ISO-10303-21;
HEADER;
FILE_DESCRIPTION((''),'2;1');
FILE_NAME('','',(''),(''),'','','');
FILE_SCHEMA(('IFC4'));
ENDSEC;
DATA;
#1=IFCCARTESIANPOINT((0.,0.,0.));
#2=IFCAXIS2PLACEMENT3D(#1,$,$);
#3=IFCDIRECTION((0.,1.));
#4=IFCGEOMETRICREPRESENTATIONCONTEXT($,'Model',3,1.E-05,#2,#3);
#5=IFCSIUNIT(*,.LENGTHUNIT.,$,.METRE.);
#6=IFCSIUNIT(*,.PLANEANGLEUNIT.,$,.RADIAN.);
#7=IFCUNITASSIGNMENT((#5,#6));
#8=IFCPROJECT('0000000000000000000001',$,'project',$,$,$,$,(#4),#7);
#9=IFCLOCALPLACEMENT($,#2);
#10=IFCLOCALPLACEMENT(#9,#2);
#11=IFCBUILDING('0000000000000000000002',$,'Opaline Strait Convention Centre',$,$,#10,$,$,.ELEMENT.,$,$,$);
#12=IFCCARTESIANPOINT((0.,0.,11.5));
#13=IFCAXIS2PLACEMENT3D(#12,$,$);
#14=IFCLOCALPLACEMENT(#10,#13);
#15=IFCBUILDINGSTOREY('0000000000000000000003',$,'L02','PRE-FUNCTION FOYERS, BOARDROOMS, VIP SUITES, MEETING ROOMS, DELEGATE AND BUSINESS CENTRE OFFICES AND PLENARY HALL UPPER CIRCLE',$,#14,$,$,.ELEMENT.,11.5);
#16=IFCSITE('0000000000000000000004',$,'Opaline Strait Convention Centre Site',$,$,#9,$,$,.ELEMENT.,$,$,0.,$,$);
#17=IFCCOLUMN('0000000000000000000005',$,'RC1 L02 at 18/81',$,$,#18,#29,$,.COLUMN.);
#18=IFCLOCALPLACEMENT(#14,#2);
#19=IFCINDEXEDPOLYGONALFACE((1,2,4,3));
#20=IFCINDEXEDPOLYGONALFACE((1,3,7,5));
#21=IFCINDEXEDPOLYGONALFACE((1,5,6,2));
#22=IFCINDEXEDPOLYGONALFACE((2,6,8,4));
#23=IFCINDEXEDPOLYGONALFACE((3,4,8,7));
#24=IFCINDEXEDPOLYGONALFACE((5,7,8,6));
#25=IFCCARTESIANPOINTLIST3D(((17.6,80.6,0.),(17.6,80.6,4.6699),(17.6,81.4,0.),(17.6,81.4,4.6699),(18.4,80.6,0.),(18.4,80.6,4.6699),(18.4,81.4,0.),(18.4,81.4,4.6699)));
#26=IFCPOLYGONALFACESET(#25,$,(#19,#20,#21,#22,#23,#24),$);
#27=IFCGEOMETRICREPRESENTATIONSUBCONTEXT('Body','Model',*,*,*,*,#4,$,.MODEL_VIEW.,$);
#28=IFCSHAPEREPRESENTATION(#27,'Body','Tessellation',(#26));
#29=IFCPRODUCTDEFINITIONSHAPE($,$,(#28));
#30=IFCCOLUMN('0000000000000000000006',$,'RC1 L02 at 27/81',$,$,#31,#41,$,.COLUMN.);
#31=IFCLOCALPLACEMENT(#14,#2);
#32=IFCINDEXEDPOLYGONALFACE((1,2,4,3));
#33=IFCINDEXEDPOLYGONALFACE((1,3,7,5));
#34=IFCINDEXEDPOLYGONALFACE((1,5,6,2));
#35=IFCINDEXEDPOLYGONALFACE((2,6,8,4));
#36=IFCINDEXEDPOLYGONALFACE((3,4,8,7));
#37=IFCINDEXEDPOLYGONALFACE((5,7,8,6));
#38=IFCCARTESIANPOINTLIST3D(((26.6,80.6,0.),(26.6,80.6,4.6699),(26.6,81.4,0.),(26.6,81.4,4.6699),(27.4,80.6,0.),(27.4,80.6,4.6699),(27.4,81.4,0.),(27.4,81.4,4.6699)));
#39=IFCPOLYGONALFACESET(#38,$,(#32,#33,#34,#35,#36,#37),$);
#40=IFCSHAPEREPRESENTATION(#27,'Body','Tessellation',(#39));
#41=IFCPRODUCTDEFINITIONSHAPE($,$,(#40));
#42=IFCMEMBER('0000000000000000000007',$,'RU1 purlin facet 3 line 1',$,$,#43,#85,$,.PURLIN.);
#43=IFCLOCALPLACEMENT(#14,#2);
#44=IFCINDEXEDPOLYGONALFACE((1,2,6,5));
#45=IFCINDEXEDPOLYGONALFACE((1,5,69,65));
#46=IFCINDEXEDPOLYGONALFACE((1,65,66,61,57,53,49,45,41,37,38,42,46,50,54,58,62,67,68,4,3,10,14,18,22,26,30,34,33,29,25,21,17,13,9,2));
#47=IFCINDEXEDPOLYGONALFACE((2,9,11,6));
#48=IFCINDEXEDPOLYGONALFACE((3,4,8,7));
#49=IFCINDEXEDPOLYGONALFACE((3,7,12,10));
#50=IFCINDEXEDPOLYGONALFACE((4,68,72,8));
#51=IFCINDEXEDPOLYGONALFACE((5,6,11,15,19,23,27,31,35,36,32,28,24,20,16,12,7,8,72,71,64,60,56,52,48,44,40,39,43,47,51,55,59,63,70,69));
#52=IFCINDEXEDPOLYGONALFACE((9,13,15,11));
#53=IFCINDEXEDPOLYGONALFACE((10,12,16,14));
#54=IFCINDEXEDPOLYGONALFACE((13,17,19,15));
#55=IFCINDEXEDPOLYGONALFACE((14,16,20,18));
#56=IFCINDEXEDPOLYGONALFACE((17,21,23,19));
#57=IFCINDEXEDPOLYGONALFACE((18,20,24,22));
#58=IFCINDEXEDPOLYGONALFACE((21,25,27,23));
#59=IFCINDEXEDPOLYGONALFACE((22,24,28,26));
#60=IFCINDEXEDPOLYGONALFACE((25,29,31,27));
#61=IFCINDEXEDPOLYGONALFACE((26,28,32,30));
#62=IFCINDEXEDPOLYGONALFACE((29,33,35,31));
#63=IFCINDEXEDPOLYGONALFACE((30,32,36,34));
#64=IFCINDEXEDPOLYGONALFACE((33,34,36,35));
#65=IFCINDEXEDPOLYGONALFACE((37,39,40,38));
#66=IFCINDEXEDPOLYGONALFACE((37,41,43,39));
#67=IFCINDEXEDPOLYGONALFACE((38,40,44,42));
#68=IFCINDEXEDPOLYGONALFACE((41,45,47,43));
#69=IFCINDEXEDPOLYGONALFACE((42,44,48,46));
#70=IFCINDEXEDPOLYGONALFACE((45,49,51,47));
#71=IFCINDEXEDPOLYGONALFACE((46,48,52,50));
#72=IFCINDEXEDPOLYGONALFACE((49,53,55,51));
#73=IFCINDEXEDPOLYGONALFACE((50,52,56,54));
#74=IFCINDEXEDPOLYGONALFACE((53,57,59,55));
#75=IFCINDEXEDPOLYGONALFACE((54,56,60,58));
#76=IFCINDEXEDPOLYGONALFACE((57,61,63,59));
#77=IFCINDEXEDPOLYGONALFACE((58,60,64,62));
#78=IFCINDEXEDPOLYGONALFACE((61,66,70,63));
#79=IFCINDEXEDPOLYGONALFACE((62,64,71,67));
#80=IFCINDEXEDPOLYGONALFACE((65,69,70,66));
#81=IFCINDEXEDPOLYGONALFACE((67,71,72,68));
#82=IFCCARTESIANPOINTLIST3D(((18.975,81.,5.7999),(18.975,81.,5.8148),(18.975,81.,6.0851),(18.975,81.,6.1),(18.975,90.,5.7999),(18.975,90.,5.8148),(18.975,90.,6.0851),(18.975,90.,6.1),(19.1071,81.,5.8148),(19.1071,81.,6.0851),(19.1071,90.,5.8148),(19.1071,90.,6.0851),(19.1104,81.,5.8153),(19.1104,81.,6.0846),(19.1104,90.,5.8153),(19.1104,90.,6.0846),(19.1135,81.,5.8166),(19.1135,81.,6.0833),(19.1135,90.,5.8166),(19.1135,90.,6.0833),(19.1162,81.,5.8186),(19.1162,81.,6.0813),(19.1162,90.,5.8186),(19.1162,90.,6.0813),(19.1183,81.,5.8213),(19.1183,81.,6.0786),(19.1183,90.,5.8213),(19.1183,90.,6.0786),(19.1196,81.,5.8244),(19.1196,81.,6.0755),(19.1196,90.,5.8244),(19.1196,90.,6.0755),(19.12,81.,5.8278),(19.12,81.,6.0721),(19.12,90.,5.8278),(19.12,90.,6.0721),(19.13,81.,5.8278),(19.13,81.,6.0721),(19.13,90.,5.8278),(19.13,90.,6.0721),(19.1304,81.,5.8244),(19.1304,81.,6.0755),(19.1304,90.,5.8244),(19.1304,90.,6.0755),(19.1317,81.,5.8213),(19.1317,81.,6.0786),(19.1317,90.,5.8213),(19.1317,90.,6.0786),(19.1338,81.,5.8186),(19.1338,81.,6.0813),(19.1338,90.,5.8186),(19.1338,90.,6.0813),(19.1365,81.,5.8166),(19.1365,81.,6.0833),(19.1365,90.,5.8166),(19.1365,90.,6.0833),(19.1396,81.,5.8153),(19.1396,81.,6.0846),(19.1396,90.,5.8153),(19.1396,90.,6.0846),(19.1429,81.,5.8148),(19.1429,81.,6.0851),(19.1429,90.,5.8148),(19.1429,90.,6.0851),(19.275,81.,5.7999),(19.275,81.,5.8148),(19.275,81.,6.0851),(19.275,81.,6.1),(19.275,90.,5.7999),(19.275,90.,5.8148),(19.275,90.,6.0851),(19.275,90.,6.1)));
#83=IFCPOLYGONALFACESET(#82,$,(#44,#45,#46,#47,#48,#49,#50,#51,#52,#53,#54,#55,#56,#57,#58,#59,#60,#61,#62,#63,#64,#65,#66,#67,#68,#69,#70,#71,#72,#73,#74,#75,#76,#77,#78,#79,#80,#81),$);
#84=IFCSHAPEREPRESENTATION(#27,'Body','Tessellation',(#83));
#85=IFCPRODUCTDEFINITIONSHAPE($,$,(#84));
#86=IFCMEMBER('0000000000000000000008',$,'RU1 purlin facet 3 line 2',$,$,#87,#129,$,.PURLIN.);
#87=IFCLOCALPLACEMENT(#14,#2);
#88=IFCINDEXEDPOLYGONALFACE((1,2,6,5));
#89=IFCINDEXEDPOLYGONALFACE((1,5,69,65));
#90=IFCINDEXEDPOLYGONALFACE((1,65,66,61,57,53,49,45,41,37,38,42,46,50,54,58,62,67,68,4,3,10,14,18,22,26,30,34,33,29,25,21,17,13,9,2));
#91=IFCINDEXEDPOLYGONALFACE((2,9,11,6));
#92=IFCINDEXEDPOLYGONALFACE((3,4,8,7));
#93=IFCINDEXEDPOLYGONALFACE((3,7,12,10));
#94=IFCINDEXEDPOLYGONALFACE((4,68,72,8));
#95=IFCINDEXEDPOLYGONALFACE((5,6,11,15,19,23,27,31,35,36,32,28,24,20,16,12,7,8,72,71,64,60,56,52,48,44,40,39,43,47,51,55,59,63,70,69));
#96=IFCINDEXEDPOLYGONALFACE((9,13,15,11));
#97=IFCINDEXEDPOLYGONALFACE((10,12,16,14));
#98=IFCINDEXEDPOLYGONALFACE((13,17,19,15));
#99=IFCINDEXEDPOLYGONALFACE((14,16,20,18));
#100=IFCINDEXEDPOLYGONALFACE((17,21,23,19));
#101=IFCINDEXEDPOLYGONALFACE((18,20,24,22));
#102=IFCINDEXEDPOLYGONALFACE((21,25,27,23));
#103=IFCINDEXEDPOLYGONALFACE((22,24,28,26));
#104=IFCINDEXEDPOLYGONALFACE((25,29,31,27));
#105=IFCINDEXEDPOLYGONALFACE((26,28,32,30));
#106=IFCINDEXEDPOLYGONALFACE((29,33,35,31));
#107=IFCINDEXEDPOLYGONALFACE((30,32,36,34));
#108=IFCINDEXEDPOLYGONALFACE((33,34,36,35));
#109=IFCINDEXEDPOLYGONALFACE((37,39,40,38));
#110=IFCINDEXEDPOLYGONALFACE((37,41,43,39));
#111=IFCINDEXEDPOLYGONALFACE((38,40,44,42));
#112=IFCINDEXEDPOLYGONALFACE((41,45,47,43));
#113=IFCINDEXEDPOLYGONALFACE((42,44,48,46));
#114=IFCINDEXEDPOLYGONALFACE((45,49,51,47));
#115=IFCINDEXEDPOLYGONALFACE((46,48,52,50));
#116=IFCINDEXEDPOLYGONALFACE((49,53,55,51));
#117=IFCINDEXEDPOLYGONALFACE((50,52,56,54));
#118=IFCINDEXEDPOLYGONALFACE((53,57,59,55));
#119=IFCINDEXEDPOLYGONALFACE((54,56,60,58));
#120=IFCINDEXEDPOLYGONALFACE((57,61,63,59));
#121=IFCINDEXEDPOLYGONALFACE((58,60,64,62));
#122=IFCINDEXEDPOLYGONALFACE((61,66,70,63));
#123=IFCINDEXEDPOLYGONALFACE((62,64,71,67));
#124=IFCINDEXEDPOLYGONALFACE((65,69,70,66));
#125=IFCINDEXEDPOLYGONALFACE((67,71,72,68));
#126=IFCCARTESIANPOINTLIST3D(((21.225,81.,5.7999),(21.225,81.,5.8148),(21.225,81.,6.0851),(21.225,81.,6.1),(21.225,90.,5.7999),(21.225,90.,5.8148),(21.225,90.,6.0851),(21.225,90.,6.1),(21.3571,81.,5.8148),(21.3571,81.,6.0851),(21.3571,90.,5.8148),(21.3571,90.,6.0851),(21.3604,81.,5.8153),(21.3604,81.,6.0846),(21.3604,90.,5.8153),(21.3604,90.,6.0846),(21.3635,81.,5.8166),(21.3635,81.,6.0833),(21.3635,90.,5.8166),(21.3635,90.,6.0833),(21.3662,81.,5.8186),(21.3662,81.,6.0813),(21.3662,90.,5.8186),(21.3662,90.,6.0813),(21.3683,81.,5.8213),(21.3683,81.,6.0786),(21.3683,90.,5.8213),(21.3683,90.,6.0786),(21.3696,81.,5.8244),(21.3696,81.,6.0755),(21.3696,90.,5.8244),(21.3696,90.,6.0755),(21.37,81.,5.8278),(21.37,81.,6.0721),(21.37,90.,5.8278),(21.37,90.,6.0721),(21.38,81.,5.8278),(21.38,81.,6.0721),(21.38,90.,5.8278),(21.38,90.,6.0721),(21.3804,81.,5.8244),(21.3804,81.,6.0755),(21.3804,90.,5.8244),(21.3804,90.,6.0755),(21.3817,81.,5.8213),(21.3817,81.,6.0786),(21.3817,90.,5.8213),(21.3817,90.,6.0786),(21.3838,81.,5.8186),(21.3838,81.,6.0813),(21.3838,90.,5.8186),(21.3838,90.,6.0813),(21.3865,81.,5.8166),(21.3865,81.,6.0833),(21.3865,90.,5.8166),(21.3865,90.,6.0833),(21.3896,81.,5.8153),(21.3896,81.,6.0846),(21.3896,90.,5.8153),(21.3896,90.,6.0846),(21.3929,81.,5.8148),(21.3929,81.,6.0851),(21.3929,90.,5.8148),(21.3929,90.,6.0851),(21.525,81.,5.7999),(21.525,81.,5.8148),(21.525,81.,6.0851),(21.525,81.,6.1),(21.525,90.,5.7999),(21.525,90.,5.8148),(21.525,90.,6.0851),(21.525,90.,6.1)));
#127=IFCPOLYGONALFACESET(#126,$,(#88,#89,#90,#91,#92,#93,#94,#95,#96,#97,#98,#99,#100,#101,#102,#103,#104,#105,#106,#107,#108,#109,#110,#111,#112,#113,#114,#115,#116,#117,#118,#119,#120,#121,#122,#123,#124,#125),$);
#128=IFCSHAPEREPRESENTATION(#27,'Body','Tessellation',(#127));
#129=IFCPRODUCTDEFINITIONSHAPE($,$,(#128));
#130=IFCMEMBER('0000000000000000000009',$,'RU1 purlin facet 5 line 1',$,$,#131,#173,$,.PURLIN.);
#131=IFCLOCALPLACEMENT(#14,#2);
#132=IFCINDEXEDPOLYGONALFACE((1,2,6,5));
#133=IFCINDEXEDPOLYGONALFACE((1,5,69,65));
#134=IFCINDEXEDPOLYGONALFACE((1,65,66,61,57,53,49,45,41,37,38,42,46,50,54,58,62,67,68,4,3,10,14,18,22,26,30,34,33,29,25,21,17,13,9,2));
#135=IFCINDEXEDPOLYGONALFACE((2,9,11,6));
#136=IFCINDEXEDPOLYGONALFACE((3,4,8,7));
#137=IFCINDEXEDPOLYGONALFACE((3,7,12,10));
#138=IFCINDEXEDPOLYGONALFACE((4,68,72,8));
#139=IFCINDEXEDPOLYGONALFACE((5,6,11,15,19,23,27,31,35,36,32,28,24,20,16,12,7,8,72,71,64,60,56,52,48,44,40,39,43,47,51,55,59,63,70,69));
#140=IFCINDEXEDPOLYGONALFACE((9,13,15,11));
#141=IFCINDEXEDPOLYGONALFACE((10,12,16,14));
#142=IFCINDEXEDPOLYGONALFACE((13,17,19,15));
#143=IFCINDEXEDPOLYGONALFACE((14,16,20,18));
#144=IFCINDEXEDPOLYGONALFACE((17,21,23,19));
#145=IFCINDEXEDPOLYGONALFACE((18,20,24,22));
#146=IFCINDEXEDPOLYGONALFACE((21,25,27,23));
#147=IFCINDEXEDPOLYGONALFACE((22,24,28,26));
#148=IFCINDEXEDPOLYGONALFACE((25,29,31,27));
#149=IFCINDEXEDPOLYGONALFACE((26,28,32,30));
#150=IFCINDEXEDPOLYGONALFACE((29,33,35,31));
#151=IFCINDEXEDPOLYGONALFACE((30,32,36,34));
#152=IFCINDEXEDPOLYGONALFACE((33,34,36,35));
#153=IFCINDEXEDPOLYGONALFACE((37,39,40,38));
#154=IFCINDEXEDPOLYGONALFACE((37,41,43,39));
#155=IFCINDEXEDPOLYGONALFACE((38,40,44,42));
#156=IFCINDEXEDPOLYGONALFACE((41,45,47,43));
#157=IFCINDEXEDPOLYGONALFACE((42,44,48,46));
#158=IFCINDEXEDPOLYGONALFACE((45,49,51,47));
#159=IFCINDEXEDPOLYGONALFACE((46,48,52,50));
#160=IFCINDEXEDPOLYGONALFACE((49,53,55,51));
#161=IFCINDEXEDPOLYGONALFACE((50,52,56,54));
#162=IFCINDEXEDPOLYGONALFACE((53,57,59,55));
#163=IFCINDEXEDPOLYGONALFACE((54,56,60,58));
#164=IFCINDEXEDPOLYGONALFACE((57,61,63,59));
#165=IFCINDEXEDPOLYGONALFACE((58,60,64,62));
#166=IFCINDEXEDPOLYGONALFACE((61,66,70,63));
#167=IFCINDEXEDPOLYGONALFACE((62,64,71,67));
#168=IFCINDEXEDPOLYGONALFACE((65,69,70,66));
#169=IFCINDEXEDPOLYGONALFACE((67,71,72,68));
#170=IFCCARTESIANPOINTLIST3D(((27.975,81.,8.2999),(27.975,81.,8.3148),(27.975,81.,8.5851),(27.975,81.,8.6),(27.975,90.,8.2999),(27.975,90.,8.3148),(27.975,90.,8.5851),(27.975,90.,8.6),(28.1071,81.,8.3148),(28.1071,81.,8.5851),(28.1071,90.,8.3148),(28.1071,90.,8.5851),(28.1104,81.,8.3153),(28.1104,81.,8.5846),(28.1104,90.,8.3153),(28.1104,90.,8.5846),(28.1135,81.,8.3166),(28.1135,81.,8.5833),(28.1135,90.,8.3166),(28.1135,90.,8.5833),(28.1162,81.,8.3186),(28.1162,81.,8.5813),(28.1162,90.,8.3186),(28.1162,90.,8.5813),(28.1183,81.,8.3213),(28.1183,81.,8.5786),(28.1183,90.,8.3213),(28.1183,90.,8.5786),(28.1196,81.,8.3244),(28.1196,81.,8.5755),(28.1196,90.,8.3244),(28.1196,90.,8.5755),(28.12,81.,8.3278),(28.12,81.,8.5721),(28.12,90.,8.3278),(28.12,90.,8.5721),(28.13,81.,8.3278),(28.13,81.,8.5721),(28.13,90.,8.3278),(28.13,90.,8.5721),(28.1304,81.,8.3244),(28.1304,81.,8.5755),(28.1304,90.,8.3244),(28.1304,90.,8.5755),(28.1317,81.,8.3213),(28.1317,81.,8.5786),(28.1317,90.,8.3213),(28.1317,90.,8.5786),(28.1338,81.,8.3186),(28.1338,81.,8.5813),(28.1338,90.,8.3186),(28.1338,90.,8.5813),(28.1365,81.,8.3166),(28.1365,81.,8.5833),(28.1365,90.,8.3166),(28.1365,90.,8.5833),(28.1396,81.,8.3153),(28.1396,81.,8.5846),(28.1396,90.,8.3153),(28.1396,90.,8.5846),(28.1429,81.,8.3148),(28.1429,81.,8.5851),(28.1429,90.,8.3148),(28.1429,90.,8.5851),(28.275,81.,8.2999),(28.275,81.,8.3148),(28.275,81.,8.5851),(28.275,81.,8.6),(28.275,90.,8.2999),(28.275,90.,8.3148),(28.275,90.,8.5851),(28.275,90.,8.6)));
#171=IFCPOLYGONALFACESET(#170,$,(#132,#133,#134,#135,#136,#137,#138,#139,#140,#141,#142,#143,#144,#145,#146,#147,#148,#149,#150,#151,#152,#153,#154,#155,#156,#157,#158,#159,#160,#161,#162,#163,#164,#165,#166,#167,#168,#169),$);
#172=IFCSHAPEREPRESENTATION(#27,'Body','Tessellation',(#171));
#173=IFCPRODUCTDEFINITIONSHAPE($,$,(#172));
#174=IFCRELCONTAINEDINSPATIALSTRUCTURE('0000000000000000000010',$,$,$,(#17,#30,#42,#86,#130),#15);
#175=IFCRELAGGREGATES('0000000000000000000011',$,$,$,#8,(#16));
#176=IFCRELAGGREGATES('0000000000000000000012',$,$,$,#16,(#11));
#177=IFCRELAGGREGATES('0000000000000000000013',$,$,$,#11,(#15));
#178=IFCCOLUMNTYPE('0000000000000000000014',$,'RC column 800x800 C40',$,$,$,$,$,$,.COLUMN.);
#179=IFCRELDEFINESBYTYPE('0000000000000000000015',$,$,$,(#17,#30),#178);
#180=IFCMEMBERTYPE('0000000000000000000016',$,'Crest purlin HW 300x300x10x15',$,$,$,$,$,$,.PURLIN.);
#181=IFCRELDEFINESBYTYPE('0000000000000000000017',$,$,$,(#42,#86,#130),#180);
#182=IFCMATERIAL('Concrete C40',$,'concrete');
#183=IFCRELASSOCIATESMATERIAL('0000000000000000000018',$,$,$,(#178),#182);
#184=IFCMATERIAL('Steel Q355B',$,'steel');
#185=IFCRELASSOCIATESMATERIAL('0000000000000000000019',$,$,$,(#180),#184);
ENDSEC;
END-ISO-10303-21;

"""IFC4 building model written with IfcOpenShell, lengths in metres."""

from ifc_helpers import new_model, si_unit, direction, frame, origin, origin_2d, place, context, subcontext, project, spatial, rectangle, i_section, extrude, material, material_profile, profile_set, type_object, element, save


model = new_model("IFC4")

# Units and contexts
model_context = context("Model", 3, precision=1e-05, world=origin(), true_north=direction((0.0, 1.0)))
body_context = subcontext(model_context, "Body", "Model", "MODEL_VIEW")
ifc_project = project(units=[si_unit("LENGTHUNIT", "METRE"), si_unit("PLANEANGLEUNIT", "RADIAN")], contexts=[model_context])

# Site, building, storey
site_placement = place(None, origin())
site = spatial("IfcSite", under=ifc_project, at=site_placement, Name="Opaline Strait Convention Centre Site", CompositionType="ELEMENT", RefElevation=0.0)
building_placement = place(site_placement, origin())
building = spatial("IfcBuilding", under=site, at=building_placement, Name="Opaline Strait Convention Centre", CompositionType="ELEMENT")
storey_placement = place(building_placement, frame((0.0, 0.0, 11.5)))
storey = spatial("IfcBuildingStorey", under=building, at=storey_placement, Name="L02", Description="PRE-FUNCTION FOYERS, BOARDROOMS, VIP SUITES, MEETING ROOMS, DELEGATE AND BUSINESS CENTRE OFFICES AND PLENARY HALL UPPER CIRCLE", CompositionType="ELEMENT", Elevation=11.5)

# Columns
ifc_material_1 = material(Name="Concrete C40", Category="concrete")
ifc_material_profile_1 = material_profile(ifc_material_1, rectangle(XDim=0.8, YDim=0.8, at=origin_2d()), Name="RC 800x800")
ifc_profile_set_1 = profile_set([ifc_material_profile_1], Name="Concrete C40")
column_type = type_object("IfcColumnType", Name="RC column 800x800 C40", PredefinedType="COLUMN", material=ifc_profile_set_1)
for number, where, z_axis, x_axis, name in (
    (1, (18.0, 81.0, 0.0), (0.0, 0.0, 1.0), (1.0, 0.0, 0.0), "RC1 L02 at 18/81"),
    (2, (27.0, 81.0, 0.0), (0.0, 0.0, 1.0), (1.0, 0.0, 0.0), "RC1 L02 at 27/81"),
):
    element("IfcColumn", number, at=place(storey_placement, frame(where, z_axis=z_axis, x_axis=x_axis)), inside=storey, type_object=column_type, Name=name, PredefinedType="COLUMN", context=body_context, shape_type="SweptSolid", body=[
        extrude(rectangle(XDim=0.8, YDim=0.8, at=origin_2d()), origin(), (0.0, 0.0, 1.0), 4.6699),
    ])

# Members
ifc_material_2 = material(Name="Steel Q355B", Category="steel")
ifc_material_profile_2 = material_profile(ifc_material_2, i_section(OverallWidth=0.3, OverallDepth=0.3, WebThickness=0.01, FlangeThickness=0.0149, FilletRadius=0.0129, at=origin_2d()), Name="HW 300x300x10x15")
ifc_profile_set_2 = profile_set([ifc_material_profile_2], Name="Steel Q355B")
member_type_1 = type_object("IfcMemberType", Name="Crest purlin HW 300x300x10x15", PredefinedType="PURLIN", material=ifc_profile_set_2)
for number, where, z_axis, x_axis, name in (
    (3, (19.125, 81.0, 5.95), (0.0, 1.0, 0.0), (-1.0, 0.0, 0.0), "RU1 purlin facet 3 line 1"),
    (4, (21.375, 81.0, 5.95), (0.0, 1.0, 0.0), (-1.0, 0.0, 0.0), "RU1 purlin facet 3 line 2"),
    (5, (28.125, 81.0, 8.45), (0.0, 1.0, 0.0), (-1.0, 0.0, 0.0), "RU1 purlin facet 5 line 1"),
):
    element("IfcMember", number, at=place(storey_placement, frame(where, z_axis=z_axis, x_axis=x_axis)), inside=storey, type_object=member_type_1, Name=name, PredefinedType="PURLIN", context=body_context, shape_type="SweptSolid", body=[
        extrude(i_section(OverallWidth=0.3, OverallDepth=0.3, WebThickness=0.01, FlangeThickness=0.0149, FilletRadius=0.0129, at=origin_2d()), origin(), (0.0, 0.0, 1.0), 9.0),
    ])

save(model, "model.ifc")
